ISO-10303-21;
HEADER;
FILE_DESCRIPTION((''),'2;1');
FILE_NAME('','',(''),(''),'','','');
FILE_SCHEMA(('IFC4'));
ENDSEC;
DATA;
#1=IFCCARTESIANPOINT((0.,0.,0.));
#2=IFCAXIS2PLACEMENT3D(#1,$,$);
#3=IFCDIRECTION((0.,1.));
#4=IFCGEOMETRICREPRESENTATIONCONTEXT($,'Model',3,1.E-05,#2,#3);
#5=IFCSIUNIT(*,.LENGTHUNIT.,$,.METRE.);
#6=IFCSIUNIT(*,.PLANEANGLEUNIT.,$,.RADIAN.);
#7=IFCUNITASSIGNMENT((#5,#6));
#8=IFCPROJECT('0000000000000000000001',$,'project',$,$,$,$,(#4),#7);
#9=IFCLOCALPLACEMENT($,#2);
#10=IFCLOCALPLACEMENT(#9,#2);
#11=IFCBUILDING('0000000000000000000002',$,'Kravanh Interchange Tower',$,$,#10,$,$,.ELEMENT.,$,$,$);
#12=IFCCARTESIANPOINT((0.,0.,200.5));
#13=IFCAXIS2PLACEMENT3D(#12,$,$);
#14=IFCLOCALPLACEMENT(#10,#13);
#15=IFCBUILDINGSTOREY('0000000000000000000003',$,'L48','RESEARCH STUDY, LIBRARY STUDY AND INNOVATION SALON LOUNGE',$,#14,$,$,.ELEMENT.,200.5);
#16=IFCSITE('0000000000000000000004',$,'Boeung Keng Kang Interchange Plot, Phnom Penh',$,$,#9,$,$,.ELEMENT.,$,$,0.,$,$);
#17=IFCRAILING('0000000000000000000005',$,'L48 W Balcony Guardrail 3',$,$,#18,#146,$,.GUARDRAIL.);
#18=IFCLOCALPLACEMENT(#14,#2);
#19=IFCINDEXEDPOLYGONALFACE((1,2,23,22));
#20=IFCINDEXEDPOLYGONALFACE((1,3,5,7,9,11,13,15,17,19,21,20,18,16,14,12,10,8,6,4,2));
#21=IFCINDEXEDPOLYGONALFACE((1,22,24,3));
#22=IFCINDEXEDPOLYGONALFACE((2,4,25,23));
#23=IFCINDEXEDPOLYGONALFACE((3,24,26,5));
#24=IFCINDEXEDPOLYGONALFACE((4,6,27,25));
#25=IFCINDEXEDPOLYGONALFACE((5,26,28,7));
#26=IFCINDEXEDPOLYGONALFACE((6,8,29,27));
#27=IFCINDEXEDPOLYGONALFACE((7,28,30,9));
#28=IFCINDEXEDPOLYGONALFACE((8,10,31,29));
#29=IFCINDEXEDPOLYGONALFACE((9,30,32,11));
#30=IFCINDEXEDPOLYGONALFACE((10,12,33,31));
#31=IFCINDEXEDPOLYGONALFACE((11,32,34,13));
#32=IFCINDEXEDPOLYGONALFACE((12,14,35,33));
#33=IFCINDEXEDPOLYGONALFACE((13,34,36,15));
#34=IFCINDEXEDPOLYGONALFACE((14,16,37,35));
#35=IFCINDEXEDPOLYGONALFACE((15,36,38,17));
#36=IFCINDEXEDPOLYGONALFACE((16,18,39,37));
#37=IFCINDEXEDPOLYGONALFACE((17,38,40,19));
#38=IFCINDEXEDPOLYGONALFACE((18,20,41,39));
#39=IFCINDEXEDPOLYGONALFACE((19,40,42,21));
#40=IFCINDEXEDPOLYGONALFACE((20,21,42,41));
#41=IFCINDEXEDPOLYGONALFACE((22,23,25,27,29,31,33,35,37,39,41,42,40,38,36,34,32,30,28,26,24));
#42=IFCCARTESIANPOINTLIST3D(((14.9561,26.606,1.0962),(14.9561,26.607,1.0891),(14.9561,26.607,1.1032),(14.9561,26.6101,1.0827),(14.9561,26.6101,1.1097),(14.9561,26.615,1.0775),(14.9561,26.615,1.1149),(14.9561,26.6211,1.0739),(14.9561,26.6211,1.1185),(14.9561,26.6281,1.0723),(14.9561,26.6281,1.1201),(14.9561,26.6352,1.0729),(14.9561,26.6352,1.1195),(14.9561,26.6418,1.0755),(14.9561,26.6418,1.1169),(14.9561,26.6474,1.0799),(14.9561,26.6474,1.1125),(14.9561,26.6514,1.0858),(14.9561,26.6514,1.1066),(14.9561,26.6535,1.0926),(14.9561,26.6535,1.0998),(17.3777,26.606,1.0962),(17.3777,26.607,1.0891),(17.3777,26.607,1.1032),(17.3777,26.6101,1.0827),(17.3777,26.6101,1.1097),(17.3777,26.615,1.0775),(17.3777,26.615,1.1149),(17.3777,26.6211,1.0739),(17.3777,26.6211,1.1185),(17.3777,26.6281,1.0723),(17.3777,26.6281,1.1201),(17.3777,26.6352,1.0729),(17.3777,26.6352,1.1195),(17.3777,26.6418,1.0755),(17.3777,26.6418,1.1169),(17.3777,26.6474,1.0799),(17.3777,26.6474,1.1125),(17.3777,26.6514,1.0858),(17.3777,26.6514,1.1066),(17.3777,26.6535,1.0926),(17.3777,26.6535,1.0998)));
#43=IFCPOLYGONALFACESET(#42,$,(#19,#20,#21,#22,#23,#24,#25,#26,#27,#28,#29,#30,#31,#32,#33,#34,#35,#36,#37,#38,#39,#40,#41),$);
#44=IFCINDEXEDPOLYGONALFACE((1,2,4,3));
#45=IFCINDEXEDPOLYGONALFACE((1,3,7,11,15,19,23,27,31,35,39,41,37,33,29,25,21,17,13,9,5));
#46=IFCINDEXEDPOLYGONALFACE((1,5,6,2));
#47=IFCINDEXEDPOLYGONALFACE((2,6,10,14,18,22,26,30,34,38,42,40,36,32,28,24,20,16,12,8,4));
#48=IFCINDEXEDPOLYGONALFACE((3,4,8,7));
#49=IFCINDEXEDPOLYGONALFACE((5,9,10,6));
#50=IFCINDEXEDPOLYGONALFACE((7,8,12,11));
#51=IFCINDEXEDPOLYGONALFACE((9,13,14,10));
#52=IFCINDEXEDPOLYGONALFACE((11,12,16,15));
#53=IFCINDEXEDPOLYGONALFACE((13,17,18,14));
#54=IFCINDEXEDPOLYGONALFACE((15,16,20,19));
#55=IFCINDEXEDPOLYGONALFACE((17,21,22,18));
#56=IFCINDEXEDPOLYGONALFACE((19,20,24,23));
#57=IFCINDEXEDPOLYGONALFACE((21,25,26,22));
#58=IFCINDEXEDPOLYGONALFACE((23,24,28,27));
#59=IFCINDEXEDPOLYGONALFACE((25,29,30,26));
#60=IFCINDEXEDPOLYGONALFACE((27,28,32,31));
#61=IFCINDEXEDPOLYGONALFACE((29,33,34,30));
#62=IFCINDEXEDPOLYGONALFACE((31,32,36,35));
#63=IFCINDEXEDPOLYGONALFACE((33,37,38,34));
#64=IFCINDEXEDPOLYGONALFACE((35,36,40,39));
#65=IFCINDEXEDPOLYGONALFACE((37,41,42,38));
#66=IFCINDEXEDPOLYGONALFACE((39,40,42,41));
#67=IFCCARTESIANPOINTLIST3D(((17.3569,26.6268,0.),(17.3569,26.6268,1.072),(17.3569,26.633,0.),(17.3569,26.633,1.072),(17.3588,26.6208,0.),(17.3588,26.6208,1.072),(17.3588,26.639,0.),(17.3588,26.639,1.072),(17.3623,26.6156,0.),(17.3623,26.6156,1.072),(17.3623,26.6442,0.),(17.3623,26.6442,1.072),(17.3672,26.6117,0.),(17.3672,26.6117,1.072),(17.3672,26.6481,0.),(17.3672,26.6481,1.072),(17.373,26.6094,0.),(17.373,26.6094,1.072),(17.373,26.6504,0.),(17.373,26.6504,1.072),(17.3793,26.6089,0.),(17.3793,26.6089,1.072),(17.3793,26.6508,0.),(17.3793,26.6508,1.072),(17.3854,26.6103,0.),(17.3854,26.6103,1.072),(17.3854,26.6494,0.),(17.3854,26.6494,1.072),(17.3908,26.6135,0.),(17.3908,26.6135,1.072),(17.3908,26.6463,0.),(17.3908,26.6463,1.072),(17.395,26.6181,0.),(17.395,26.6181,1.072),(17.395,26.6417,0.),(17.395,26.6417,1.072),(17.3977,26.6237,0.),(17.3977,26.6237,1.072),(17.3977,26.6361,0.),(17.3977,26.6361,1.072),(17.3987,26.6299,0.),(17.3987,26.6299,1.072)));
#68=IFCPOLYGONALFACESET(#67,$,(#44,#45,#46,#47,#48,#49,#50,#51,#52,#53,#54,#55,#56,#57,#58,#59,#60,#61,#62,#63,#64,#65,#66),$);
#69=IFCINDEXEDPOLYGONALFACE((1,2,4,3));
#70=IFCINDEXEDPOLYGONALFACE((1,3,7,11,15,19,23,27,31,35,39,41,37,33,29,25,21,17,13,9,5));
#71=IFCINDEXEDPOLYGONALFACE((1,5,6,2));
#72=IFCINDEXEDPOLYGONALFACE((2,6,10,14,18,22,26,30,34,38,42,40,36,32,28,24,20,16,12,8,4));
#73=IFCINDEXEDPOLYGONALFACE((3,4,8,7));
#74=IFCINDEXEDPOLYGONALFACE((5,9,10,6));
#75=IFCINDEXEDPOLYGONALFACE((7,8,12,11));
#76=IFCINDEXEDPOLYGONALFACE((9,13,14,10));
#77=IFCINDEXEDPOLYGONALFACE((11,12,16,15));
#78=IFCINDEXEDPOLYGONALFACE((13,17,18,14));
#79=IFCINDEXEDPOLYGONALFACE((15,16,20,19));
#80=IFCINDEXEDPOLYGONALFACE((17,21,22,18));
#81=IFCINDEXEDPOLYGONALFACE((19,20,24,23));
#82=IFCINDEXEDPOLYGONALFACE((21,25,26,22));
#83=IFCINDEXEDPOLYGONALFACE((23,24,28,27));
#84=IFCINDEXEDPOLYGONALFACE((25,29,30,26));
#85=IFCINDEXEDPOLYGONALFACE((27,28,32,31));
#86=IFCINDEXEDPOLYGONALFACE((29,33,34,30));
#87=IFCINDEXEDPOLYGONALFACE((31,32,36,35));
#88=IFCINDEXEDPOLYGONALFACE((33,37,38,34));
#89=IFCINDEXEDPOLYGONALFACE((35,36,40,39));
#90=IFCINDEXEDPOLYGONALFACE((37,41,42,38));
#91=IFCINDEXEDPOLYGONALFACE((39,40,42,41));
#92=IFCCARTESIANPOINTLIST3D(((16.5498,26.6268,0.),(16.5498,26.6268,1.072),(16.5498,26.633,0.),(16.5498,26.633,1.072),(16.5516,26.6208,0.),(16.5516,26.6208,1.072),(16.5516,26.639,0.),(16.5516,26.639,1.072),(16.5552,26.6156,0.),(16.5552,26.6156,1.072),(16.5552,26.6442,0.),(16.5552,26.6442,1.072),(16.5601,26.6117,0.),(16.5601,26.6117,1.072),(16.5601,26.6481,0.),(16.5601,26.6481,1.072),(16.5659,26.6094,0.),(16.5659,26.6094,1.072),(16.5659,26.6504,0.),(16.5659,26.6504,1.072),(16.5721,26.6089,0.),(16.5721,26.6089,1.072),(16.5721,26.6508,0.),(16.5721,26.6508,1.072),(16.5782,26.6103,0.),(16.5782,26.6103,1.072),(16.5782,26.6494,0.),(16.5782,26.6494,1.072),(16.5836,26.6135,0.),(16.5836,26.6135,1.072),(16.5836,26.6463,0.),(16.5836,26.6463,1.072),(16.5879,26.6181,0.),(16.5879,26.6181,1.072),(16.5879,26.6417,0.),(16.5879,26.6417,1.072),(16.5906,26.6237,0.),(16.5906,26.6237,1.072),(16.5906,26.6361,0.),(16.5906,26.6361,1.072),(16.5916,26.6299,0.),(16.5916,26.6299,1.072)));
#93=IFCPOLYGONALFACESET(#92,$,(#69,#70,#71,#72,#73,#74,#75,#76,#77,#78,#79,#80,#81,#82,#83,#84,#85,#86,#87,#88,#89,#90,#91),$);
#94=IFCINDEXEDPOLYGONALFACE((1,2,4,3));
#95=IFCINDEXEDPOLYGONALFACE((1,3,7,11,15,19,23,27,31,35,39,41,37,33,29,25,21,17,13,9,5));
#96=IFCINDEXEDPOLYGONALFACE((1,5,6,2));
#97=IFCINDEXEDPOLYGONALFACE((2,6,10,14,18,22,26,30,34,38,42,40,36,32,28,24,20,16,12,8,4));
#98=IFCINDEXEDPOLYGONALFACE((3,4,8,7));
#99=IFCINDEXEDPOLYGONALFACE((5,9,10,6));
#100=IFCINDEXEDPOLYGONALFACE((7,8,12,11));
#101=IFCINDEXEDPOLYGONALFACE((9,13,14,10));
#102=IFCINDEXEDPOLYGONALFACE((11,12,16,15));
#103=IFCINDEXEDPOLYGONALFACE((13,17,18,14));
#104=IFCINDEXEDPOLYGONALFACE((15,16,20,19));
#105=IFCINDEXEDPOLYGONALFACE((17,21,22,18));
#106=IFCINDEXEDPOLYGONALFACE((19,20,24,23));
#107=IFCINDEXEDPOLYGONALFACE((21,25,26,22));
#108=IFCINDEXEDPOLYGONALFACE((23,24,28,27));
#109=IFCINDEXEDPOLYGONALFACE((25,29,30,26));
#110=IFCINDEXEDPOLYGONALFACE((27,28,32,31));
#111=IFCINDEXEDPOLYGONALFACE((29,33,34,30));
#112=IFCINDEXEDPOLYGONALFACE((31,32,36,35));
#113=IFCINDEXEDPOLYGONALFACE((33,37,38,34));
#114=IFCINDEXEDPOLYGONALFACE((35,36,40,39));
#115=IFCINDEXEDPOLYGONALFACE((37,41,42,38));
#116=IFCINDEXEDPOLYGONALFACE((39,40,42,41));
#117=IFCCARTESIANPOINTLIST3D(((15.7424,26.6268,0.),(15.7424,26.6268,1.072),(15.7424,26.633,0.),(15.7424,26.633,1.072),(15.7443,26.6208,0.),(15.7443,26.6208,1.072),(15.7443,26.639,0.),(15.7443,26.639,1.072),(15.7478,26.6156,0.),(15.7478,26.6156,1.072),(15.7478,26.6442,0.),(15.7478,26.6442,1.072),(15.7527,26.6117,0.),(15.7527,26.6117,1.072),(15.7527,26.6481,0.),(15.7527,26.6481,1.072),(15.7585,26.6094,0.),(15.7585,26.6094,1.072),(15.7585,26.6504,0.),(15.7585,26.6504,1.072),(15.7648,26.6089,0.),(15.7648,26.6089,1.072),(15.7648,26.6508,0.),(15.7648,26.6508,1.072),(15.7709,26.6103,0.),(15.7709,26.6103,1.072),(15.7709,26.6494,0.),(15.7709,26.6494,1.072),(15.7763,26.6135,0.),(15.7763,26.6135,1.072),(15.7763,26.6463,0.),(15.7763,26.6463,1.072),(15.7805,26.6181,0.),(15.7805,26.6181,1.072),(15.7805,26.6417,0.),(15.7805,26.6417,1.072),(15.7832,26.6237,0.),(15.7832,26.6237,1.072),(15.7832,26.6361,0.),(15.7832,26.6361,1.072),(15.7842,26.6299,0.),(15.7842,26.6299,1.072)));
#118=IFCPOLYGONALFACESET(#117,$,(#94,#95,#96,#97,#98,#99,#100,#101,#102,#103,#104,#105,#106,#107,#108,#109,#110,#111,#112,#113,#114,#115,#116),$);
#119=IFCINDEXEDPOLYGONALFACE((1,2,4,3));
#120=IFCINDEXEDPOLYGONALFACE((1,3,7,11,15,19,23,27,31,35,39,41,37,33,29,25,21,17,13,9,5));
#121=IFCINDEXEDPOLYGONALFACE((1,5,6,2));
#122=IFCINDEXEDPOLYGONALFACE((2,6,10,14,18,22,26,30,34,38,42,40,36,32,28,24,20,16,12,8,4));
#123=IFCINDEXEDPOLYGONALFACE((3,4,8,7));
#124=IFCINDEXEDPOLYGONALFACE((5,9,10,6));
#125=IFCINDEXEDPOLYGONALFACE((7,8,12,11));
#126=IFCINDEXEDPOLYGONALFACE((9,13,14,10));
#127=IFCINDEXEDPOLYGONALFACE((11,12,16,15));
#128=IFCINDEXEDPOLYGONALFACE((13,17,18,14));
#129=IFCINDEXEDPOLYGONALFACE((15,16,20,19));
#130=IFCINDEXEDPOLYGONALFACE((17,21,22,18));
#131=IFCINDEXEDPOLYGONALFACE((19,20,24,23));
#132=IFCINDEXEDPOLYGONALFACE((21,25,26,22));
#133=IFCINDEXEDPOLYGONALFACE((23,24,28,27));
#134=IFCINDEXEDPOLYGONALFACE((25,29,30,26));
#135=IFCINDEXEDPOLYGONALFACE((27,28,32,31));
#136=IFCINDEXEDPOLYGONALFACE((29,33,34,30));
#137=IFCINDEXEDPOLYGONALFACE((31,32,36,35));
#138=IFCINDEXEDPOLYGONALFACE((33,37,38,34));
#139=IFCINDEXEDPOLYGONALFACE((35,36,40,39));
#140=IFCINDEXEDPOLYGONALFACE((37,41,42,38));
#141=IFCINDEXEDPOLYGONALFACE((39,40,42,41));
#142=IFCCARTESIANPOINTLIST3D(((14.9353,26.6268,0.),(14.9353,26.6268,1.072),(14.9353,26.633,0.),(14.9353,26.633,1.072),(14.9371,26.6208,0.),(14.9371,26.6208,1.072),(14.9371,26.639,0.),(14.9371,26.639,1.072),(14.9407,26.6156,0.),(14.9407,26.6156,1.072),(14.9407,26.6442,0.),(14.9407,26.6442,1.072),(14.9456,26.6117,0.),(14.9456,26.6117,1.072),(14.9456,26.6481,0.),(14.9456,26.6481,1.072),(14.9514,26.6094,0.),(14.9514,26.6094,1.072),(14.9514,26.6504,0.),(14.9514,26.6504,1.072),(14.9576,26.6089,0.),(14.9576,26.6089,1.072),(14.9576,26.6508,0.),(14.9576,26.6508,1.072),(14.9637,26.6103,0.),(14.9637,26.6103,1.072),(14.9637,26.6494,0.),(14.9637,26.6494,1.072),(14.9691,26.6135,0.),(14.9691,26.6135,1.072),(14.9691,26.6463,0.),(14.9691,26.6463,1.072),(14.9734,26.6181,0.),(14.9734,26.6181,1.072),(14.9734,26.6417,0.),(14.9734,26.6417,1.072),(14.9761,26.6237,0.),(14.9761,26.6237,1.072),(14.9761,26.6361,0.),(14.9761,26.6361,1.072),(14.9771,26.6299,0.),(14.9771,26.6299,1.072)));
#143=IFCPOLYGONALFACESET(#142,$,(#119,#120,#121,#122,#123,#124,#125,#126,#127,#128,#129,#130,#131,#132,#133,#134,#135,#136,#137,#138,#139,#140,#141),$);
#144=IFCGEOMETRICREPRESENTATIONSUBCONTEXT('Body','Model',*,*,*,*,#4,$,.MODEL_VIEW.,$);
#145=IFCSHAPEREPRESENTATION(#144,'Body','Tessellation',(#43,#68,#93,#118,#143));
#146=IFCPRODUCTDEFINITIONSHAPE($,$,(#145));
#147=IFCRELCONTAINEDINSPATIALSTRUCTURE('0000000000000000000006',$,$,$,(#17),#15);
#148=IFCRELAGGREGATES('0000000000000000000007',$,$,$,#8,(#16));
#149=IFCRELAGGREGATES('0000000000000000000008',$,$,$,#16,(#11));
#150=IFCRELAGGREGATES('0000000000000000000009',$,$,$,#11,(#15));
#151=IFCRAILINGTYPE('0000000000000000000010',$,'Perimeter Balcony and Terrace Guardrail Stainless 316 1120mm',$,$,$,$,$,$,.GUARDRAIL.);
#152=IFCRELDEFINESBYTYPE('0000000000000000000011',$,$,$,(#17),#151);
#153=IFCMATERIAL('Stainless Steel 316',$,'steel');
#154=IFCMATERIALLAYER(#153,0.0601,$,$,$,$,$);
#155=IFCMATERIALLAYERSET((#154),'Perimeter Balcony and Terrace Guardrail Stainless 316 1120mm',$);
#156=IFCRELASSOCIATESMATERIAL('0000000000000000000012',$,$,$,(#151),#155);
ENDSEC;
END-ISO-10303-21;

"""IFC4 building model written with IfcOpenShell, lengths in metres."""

from ifc_helpers import new_model, si_unit, direction, frame, origin, origin_2d, place, context, subcontext, project, spatial, circle, extrude, material, layer, layer_set, type_object, element, save


model = new_model("IFC4")

# Units and contexts
model_context = context("Model", 3, precision=1e-05, world=origin(), true_north=direction((0.0, 1.0)))
body_context = subcontext(model_context, "Body", "Model", "MODEL_VIEW")
ifc_project = project(units=[si_unit("LENGTHUNIT", "METRE"), si_unit("PLANEANGLEUNIT", "RADIAN")], contexts=[model_context])

# Site, building, storey
site_placement = place(None, origin())
site = spatial("IfcSite", under=ifc_project, at=site_placement, Name="Boeung Keng Kang Interchange Plot, Phnom Penh", CompositionType="ELEMENT", RefElevation=0.0)
building_placement = place(site_placement, origin())
building = spatial("IfcBuilding", under=site, at=building_placement, Name="Kravanh Interchange Tower", CompositionType="ELEMENT")
storey_placement = place(building_placement, frame((0.0, 0.0, 200.5)))
storey = spatial("IfcBuildingStorey", under=building, at=storey_placement, Name="L48", Description="RESEARCH STUDY, LIBRARY STUDY AND INNOVATION SALON LOUNGE", CompositionType="ELEMENT", Elevation=200.5)

# Railing
ifc_material_1 = material(Name="Stainless Steel 316", Category="steel")
ifc_layer_1 = layer(ifc_material_1, 0.0601)
ifc_layer_set_1 = layer_set([ifc_layer_1], Name="Perimeter Balcony and Terrace Guardrail Stainless 316 1120mm")
railing_type = type_object("IfcRailingType", Name="Perimeter Balcony and Terrace Guardrail Stainless 316 1120mm", PredefinedType="GUARDRAIL", material=ifc_layer_set_1)
railing_1_placement = place(storey_placement, frame((17.3777, 26.6299, 0.0)))
element("IfcRailing", 1, at=railing_1_placement, inside=storey, type_object=railing_type, Name="L48 W Balcony Guardrail 3", PredefinedType="GUARDRAIL", context=body_context, shape_type="SweptSolid", body=[
    extrude(circle(Radius=0.0239, at=origin_2d()), frame((0.0, 0.0, 1.0962), z_axis=(-1.0, 0.0, 0.0), x_axis=(0.0, -1.0, 0.0)), (0.0, 0.0, 1.0), 2.4216),
    extrude(circle(Radius=0.021, at=origin_2d()), origin(), (0.0, 0.0, 1.0), 1.072),
    extrude(circle(Radius=0.021, at=origin_2d()), frame((-0.8071, 0.0, 0.0)), (0.0, 0.0, 1.0), 1.072),
    extrude(circle(Radius=0.021, at=origin_2d()), frame((-1.6145, 0.0, 0.0)), (0.0, 0.0, 1.0), 1.072),
    extrude(circle(Radius=0.021, at=origin_2d()), frame((-2.4216, 0.0, 0.0)), (0.0, 0.0, 1.0), 1.072),
])

save(model, "model.ifc")
